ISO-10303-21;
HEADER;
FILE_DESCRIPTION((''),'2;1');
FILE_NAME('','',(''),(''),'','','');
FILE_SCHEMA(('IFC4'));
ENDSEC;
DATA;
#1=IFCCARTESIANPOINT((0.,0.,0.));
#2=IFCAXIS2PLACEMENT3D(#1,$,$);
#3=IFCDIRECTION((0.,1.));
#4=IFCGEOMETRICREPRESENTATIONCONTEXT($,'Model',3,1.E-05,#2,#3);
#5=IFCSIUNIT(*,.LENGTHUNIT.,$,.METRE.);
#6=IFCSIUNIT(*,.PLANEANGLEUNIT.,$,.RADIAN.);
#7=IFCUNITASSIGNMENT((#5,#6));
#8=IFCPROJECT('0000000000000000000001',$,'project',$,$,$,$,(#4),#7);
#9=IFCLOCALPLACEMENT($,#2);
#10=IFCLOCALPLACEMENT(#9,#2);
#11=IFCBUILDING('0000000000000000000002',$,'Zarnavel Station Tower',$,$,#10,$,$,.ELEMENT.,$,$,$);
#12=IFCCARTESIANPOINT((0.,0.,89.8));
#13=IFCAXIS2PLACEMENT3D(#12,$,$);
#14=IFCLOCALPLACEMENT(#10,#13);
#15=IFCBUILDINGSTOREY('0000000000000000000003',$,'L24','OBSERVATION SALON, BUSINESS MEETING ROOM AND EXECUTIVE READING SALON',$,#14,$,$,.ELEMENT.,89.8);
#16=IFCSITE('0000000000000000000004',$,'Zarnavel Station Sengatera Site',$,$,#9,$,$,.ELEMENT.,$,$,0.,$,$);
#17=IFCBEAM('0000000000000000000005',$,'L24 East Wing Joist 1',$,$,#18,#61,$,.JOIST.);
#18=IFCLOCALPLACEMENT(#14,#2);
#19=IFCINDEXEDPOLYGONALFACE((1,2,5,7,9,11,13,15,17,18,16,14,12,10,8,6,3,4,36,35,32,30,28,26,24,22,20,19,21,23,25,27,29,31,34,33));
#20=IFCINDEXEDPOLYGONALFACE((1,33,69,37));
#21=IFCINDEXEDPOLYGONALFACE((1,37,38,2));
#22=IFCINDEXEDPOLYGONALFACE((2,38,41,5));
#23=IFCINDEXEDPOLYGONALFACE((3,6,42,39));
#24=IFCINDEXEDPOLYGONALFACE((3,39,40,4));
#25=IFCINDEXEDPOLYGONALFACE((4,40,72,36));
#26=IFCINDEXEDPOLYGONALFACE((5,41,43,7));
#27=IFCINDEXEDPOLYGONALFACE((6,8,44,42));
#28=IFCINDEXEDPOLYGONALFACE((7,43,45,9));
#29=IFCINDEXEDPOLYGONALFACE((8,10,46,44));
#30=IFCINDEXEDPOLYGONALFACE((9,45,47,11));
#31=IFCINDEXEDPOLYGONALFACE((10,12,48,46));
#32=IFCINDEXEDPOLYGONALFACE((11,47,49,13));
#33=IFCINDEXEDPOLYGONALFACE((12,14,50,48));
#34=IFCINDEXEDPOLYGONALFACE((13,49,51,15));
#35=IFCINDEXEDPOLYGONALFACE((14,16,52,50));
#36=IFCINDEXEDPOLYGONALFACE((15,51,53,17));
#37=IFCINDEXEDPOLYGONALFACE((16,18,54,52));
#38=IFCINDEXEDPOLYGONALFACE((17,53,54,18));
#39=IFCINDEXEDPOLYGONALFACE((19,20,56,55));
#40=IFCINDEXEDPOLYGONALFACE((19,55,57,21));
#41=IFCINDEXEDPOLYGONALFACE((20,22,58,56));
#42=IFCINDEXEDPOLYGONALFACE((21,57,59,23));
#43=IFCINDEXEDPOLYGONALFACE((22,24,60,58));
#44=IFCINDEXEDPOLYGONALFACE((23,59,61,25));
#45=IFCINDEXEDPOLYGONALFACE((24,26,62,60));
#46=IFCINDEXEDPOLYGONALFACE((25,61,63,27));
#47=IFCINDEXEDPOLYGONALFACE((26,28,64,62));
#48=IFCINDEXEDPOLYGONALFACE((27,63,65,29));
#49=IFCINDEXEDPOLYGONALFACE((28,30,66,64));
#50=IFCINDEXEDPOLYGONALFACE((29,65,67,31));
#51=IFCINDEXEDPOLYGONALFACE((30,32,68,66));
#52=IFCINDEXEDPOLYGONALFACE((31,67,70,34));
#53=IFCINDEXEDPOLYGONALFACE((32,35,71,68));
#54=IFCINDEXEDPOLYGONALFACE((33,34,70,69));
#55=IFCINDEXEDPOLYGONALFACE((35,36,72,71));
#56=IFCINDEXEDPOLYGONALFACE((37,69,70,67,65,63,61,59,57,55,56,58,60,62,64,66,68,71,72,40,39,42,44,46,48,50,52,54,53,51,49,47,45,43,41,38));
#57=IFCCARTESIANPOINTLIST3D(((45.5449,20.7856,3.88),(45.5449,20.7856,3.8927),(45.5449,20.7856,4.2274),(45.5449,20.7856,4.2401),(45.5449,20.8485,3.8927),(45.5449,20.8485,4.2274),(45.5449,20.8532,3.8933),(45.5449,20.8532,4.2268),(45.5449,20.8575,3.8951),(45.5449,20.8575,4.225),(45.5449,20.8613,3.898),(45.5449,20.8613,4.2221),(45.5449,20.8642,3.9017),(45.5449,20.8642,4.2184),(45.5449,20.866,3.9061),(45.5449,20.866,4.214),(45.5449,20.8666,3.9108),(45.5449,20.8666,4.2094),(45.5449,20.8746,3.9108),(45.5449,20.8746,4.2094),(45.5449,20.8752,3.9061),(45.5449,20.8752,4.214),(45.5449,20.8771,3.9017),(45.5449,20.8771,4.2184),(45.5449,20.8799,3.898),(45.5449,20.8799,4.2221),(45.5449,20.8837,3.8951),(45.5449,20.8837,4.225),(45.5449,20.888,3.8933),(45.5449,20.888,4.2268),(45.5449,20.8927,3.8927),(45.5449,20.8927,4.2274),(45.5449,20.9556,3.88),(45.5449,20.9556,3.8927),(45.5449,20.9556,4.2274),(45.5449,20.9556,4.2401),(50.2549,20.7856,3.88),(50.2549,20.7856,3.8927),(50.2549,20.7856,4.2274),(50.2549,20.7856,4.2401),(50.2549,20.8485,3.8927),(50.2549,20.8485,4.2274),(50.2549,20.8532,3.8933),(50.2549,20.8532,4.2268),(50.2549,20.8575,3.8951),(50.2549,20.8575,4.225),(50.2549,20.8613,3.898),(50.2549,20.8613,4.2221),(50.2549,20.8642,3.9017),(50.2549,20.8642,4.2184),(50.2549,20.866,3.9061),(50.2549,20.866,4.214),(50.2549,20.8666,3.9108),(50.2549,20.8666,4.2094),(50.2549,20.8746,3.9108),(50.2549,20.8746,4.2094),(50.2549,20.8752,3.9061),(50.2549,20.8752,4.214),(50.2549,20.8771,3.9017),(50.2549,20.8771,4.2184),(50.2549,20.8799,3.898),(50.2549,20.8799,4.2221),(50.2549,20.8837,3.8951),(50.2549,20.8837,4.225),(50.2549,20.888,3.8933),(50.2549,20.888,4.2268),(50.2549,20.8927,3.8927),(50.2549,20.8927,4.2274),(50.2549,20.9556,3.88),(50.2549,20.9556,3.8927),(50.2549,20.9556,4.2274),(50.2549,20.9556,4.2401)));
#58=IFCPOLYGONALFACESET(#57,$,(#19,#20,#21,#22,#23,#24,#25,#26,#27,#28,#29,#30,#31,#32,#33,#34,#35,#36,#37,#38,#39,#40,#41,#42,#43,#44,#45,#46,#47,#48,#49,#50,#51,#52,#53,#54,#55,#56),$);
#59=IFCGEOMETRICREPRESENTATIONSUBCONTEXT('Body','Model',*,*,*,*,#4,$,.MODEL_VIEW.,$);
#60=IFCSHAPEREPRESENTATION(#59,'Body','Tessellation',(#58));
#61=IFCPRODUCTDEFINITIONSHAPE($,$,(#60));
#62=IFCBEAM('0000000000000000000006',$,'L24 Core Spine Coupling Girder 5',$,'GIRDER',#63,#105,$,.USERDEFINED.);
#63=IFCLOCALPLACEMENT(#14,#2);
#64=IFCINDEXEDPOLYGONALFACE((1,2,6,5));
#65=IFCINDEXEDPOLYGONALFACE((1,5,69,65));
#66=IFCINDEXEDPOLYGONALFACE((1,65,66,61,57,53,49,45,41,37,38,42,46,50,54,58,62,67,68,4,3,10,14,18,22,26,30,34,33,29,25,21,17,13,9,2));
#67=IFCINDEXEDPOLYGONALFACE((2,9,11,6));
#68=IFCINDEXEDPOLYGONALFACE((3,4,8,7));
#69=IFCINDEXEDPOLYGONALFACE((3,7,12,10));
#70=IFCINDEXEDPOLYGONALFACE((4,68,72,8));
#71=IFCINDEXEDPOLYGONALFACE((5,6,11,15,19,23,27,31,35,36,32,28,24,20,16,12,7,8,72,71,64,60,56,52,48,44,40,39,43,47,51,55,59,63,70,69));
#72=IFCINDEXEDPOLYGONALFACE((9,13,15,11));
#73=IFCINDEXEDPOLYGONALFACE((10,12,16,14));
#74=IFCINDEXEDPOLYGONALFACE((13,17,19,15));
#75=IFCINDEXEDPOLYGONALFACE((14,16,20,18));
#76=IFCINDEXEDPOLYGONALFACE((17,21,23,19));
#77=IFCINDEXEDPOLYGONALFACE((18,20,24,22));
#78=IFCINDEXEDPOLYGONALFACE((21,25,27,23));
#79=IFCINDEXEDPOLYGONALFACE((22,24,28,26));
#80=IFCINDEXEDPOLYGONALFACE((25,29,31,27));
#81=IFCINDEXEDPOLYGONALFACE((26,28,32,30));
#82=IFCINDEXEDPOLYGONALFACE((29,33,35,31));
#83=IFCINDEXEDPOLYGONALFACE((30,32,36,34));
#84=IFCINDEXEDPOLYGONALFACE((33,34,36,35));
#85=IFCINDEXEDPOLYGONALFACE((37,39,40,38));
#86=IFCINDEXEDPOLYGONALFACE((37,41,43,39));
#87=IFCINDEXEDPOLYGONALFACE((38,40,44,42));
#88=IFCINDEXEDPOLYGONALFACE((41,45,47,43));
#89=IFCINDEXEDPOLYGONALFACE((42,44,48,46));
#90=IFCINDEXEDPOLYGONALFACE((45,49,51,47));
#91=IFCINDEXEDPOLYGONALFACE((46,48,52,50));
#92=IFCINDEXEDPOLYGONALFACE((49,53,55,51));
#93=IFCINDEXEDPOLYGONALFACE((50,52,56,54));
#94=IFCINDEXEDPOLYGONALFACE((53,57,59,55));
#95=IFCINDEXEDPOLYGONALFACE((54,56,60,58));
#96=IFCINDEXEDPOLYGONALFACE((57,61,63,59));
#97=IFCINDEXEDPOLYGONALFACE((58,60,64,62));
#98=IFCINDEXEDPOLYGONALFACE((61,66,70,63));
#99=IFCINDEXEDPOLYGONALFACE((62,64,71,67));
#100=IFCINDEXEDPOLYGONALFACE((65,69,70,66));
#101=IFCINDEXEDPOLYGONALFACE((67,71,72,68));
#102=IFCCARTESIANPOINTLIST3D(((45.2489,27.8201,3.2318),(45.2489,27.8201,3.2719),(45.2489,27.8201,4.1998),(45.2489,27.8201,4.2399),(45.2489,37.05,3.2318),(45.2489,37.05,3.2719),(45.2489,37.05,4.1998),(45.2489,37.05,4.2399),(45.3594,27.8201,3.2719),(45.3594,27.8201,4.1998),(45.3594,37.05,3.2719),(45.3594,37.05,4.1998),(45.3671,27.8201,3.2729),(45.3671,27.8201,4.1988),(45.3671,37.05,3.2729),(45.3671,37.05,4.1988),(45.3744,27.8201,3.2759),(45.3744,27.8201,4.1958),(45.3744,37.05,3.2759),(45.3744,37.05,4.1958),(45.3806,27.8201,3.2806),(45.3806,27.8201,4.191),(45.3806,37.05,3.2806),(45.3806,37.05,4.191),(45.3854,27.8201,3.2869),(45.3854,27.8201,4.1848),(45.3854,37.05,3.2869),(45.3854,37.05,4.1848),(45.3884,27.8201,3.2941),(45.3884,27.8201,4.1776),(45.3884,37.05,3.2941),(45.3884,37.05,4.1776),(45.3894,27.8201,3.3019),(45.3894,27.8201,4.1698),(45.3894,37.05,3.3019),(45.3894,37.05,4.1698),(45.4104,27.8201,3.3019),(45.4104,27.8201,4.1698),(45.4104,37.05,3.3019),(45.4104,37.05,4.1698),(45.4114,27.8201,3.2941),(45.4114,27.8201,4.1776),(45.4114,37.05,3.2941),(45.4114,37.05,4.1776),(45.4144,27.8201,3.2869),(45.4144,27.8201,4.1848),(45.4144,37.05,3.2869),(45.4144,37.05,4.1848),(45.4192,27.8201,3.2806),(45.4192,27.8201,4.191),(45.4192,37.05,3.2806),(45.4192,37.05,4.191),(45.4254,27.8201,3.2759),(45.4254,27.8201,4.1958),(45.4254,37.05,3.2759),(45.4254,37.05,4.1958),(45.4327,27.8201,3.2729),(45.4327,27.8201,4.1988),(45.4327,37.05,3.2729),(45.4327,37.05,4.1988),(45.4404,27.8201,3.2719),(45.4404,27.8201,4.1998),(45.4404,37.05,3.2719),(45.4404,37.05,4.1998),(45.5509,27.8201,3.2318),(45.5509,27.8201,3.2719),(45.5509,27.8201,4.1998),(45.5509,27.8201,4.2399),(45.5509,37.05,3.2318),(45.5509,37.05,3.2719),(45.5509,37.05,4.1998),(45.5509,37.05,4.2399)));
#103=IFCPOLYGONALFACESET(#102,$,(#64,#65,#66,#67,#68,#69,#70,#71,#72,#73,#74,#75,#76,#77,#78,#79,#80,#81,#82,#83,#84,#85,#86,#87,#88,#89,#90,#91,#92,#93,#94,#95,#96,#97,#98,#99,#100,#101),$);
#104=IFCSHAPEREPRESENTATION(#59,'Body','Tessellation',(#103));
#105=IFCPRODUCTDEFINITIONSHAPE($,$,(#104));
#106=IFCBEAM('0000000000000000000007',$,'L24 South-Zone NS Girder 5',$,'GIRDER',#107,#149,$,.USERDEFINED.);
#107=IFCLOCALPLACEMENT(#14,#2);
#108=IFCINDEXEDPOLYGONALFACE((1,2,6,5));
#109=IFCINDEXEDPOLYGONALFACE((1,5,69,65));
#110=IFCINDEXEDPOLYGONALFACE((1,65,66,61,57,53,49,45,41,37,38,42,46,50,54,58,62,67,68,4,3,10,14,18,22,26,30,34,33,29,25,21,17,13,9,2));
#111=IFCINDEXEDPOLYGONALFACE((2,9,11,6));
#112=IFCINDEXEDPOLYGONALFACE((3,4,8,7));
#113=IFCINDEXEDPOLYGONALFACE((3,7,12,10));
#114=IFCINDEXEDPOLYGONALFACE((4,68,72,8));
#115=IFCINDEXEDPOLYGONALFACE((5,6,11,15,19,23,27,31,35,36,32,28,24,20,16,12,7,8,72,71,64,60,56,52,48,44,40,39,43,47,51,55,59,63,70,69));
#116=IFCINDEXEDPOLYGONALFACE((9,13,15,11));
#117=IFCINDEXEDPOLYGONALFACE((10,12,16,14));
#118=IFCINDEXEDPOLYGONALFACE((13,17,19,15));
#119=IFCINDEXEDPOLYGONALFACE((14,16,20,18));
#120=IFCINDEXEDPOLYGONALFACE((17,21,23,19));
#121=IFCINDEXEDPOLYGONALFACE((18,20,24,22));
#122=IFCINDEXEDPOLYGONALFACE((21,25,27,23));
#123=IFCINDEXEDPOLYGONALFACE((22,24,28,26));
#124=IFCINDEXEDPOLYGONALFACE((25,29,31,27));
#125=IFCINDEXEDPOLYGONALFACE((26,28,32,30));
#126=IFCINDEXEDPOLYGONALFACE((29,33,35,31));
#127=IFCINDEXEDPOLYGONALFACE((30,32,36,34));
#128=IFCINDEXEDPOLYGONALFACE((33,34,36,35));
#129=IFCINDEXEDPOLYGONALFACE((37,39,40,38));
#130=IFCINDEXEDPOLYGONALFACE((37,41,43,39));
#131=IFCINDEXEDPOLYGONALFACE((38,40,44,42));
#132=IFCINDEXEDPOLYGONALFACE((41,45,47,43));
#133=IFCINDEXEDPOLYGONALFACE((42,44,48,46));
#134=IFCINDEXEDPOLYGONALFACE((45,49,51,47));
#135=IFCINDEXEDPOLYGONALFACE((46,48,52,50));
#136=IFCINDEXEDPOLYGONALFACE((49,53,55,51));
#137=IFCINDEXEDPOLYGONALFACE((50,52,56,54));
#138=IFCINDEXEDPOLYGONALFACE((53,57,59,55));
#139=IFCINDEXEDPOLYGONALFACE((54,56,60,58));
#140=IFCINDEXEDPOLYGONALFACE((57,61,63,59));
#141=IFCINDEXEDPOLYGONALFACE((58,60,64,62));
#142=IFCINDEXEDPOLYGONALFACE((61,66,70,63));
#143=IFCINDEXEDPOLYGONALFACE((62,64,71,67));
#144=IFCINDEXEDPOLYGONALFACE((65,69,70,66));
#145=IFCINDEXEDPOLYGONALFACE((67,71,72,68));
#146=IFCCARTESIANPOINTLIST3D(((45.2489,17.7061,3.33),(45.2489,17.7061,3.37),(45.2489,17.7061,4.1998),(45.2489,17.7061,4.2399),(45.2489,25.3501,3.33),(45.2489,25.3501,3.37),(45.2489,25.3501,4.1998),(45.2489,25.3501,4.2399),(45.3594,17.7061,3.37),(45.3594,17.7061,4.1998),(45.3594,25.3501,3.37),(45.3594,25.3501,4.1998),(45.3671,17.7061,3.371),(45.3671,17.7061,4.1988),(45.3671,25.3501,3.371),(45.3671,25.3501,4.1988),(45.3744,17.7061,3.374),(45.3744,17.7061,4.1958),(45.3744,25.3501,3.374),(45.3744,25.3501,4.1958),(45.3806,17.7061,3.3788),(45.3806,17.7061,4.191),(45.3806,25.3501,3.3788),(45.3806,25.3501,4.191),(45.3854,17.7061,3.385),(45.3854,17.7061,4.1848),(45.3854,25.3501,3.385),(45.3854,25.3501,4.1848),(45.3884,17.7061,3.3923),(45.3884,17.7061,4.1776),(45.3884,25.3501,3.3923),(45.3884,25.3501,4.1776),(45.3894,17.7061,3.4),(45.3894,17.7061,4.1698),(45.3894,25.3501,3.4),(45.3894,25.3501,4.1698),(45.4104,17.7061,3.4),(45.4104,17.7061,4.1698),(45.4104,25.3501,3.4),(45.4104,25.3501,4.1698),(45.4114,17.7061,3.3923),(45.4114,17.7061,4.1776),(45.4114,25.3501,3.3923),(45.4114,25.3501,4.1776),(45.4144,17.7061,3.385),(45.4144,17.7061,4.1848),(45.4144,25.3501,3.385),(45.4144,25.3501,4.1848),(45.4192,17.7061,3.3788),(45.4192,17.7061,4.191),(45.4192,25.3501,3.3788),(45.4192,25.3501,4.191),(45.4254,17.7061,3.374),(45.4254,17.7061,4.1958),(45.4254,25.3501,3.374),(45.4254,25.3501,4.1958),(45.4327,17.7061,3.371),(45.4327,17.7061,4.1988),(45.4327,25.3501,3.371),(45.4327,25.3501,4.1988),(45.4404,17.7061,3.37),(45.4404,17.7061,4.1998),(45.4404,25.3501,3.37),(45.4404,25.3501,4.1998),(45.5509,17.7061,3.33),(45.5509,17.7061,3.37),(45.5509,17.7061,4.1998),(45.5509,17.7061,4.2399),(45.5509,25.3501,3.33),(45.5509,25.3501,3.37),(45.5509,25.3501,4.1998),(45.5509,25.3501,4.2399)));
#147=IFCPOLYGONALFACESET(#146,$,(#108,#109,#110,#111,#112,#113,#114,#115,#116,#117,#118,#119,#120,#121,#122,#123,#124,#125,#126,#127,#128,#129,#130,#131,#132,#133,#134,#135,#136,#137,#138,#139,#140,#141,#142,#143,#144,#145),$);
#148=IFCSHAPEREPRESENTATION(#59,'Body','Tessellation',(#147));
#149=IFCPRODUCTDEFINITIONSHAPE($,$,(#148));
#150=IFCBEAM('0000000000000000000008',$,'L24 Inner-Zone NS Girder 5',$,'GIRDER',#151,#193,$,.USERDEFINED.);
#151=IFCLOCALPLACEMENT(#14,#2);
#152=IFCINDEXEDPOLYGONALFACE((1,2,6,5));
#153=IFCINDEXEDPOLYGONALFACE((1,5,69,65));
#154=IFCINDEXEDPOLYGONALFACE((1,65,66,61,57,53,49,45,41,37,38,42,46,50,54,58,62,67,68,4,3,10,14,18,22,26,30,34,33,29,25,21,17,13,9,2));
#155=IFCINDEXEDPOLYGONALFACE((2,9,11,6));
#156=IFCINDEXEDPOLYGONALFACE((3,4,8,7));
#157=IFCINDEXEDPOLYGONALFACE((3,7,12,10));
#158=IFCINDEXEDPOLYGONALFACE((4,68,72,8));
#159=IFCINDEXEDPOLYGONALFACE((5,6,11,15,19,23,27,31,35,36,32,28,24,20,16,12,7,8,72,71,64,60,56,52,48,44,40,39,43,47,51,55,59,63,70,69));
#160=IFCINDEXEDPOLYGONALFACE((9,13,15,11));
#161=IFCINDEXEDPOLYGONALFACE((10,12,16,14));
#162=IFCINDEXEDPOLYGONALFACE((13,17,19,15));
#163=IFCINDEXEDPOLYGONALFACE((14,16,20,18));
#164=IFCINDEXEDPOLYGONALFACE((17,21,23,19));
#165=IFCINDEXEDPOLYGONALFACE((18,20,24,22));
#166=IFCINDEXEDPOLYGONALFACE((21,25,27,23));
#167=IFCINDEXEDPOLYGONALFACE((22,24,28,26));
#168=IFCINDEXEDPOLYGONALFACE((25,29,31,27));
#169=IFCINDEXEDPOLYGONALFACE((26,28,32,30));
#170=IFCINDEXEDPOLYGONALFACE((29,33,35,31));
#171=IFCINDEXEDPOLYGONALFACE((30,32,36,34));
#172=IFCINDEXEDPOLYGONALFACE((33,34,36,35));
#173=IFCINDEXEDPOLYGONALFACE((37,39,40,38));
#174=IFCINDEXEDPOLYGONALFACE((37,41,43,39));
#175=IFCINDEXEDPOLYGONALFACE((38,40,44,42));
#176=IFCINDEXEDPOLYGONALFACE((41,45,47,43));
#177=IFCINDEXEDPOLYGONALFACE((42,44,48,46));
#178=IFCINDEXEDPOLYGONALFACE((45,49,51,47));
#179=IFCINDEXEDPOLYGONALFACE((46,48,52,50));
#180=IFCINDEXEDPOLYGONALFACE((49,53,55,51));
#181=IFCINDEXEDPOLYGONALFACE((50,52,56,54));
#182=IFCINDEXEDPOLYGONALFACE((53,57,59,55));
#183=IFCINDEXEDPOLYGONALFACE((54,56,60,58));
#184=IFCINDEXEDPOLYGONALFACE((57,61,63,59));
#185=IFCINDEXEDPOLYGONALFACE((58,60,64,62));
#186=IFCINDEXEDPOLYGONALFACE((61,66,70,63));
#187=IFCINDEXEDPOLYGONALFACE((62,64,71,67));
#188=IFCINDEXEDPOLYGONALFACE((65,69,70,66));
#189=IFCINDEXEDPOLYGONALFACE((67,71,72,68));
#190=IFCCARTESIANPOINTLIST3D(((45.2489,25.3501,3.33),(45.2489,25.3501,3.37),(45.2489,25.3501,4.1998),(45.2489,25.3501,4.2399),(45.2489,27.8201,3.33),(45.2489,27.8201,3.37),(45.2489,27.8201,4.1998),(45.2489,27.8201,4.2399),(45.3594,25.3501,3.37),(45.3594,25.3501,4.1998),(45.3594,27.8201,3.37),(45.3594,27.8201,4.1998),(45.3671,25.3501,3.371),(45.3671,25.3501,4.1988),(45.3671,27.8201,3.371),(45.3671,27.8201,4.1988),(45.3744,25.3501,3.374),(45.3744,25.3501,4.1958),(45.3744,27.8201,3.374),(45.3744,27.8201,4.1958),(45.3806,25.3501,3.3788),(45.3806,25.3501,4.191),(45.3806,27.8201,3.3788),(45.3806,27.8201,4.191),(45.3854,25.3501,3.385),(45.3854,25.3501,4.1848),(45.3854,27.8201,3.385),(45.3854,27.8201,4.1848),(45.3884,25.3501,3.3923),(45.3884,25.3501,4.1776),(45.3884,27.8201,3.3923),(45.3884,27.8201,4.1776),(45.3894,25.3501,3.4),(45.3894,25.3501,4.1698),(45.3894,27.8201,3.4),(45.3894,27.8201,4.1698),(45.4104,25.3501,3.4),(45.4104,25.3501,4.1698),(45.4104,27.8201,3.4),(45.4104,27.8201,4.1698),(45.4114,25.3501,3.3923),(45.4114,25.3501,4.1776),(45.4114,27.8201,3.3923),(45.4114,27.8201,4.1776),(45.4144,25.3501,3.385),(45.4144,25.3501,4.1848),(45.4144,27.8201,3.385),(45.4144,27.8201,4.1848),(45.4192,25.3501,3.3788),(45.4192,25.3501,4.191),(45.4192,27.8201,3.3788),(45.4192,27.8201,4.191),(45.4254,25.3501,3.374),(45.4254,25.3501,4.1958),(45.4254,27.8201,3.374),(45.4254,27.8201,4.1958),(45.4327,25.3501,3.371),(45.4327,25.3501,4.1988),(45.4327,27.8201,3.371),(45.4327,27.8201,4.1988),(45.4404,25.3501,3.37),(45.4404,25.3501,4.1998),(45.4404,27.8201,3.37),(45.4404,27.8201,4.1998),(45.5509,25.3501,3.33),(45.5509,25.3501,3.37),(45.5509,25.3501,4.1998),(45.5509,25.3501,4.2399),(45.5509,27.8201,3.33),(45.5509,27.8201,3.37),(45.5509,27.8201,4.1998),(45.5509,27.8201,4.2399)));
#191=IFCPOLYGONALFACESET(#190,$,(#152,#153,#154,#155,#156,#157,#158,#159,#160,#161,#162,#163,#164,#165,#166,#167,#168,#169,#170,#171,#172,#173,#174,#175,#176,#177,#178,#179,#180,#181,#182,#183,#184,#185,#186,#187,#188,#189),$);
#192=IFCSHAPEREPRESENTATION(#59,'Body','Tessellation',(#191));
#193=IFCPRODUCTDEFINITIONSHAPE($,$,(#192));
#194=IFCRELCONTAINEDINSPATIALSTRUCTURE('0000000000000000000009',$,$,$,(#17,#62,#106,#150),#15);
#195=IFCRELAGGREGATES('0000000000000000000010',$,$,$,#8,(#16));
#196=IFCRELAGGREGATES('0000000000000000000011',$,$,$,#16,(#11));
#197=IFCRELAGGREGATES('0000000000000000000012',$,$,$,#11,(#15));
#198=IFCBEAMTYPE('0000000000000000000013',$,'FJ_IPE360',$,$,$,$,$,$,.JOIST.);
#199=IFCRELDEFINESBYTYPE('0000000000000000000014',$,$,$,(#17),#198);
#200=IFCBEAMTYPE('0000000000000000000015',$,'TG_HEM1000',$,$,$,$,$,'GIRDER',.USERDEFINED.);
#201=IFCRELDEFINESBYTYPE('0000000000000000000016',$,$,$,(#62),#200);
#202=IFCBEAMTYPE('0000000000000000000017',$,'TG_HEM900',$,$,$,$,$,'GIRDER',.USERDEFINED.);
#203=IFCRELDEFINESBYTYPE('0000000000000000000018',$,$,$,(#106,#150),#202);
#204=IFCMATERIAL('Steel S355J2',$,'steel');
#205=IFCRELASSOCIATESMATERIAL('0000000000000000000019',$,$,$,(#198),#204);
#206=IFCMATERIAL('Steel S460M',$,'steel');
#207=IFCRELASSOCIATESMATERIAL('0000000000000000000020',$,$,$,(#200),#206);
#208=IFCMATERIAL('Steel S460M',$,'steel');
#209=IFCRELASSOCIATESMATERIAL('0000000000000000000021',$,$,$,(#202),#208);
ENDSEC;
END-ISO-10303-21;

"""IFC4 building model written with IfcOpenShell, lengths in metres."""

from ifc_helpers import new_model, si_unit, direction, frame, origin, origin_2d, place, context, subcontext, project, spatial, i_section, extrude, material, material_profile, profile_set, type_object, element, save


model = new_model("IFC4")

# Units and contexts
model_context = context("Model", 3, precision=1e-05, world=origin(), true_north=direction((0.0, 1.0)))
body_context = subcontext(model_context, "Body", "Model", "MODEL_VIEW")
ifc_project = project(units=[si_unit("LENGTHUNIT", "METRE"), si_unit("PLANEANGLEUNIT", "RADIAN")], contexts=[model_context])

# Site, building, storey
site_placement = place(None, origin())
site = spatial("IfcSite", under=ifc_project, at=site_placement, Name="Zarnavel Station Sengatera Site", CompositionType="ELEMENT", RefElevation=0.0)
building_placement = place(site_placement, origin())
building = spatial("IfcBuilding", under=site, at=building_placement, Name="Zarnavel Station Tower", CompositionType="ELEMENT")
storey_placement = place(building_placement, frame((0.0, 0.0, 89.8)))
storey = spatial("IfcBuildingStorey", under=building, at=storey_placement, Name="L24", Description="OBSERVATION SALON, BUSINESS MEETING ROOM AND EXECUTIVE READING SALON", CompositionType="ELEMENT", Elevation=89.8)

# Beams
ifc_material_1 = material(Name="Steel S355J2", Category="steel")
ifc_material_profile_1 = material_profile(ifc_material_1, i_section(OverallWidth=0.1699, OverallDepth=0.3601, WebThickness=0.0081, FlangeThickness=0.0127, FilletRadius=0.0181, at=origin_2d()), Name="IPE360")
ifc_profile_set_1 = profile_set([ifc_material_profile_1], Name="Steel S355J2")
beam_type_1 = type_object("IfcBeamType", Name="FJ_IPE360", PredefinedType="JOIST", material=ifc_profile_set_1)
beam_1_placement = place(storey_placement, frame((45.5449, 20.8706, 4.0601), z_axis=(1.0, 0.0, 0.0), x_axis=(0.0, 1.0, 0.0)))
element("IfcBeam", 1, at=beam_1_placement, inside=storey, type_object=beam_type_1, Name="L24 East Wing Joist 1", PredefinedType="JOIST", context=body_context, shape_type="SweptSolid", body=[
    extrude(i_section(OverallWidth=0.1699, OverallDepth=0.3601, WebThickness=0.0081, FlangeThickness=0.0127, FilletRadius=0.0181, at=origin_2d()), origin(), (0.0, 0.0, 1.0), 4.71),
])
ifc_material_2 = material(Name="Steel S460M", Category="steel")
ifc_material_profile_2 = material_profile(ifc_material_2, i_section(OverallWidth=0.302, OverallDepth=1.0081, WebThickness=0.021, FlangeThickness=0.04, FilletRadius=0.03, at=origin_2d()), Name="HEM1000")
ifc_profile_set_2 = profile_set([ifc_material_profile_2], Name="Steel S460M")
beam_type_2 = type_object("IfcBeamType", Name="TG_HEM1000", ElementType="GIRDER", PredefinedType="USERDEFINED", material=ifc_profile_set_2)
beam_2_placement = place(storey_placement, frame((45.3999, 27.8201, 3.7358), z_axis=(0.0, 1.0, 0.0), x_axis=(-1.0, 0.0, 0.0)))
element("IfcBeam", 2, at=beam_2_placement, inside=storey, type_object=beam_type_2, Name="L24 Core Spine Coupling Girder 5", ObjectType="GIRDER", PredefinedType="USERDEFINED", context=body_context, shape_type="SweptSolid", body=[
    extrude(i_section(OverallWidth=0.302, OverallDepth=1.0081, WebThickness=0.021, FlangeThickness=0.04, FilletRadius=0.03, at=origin_2d()), origin(), (0.0, 0.0, 1.0), 9.23),
])
ifc_material_3 = material(Name="Steel S460M", Category="steel")
ifc_material_profile_3 = material_profile(ifc_material_3, i_section(OverallWidth=0.302, OverallDepth=0.9099, WebThickness=0.021, FlangeThickness=0.04, FilletRadius=0.03, at=origin_2d()), Name="HEM900")
ifc_profile_set_3 = profile_set([ifc_material_profile_3], Name="Steel S460M")
beam_type_3 = type_object("IfcBeamType", Name="TG_HEM900", ElementType="GIRDER", PredefinedType="USERDEFINED", material=ifc_profile_set_3)
beam_3_placement = place(storey_placement, frame((45.3999, 17.7061, 3.7849), z_axis=(0.0, 1.0, 0.0), x_axis=(-1.0, 0.0, 0.0)))
element("IfcBeam", 3, at=beam_3_placement, inside=storey, type_object=beam_type_3, Name="L24 South-Zone NS Girder 5", ObjectType="GIRDER", PredefinedType="USERDEFINED", context=body_context, shape_type="SweptSolid", body=[
    extrude(i_section(OverallWidth=0.302, OverallDepth=0.9099, WebThickness=0.021, FlangeThickness=0.04, FilletRadius=0.03, at=origin_2d()), origin(), (0.0, 0.0, 1.0), 7.644),
])
beam_4_placement = place(storey_placement, frame((45.3999, 25.3501, 3.7849), z_axis=(0.0, 1.0, 0.0), x_axis=(-1.0, 0.0, 0.0)))
element("IfcBeam", 4, at=beam_4_placement, inside=storey, type_object=beam_type_3, Name="L24 Inner-Zone NS Girder 5", ObjectType="GIRDER", PredefinedType="USERDEFINED", context=body_context, shape_type="SweptSolid", body=[
    extrude(i_section(OverallWidth=0.302, OverallDepth=0.9099, WebThickness=0.021, FlangeThickness=0.04, FilletRadius=0.03, at=origin_2d()), origin(), (0.0, 0.0, 1.0), 2.47),
])

save(model, "model.ifc")
